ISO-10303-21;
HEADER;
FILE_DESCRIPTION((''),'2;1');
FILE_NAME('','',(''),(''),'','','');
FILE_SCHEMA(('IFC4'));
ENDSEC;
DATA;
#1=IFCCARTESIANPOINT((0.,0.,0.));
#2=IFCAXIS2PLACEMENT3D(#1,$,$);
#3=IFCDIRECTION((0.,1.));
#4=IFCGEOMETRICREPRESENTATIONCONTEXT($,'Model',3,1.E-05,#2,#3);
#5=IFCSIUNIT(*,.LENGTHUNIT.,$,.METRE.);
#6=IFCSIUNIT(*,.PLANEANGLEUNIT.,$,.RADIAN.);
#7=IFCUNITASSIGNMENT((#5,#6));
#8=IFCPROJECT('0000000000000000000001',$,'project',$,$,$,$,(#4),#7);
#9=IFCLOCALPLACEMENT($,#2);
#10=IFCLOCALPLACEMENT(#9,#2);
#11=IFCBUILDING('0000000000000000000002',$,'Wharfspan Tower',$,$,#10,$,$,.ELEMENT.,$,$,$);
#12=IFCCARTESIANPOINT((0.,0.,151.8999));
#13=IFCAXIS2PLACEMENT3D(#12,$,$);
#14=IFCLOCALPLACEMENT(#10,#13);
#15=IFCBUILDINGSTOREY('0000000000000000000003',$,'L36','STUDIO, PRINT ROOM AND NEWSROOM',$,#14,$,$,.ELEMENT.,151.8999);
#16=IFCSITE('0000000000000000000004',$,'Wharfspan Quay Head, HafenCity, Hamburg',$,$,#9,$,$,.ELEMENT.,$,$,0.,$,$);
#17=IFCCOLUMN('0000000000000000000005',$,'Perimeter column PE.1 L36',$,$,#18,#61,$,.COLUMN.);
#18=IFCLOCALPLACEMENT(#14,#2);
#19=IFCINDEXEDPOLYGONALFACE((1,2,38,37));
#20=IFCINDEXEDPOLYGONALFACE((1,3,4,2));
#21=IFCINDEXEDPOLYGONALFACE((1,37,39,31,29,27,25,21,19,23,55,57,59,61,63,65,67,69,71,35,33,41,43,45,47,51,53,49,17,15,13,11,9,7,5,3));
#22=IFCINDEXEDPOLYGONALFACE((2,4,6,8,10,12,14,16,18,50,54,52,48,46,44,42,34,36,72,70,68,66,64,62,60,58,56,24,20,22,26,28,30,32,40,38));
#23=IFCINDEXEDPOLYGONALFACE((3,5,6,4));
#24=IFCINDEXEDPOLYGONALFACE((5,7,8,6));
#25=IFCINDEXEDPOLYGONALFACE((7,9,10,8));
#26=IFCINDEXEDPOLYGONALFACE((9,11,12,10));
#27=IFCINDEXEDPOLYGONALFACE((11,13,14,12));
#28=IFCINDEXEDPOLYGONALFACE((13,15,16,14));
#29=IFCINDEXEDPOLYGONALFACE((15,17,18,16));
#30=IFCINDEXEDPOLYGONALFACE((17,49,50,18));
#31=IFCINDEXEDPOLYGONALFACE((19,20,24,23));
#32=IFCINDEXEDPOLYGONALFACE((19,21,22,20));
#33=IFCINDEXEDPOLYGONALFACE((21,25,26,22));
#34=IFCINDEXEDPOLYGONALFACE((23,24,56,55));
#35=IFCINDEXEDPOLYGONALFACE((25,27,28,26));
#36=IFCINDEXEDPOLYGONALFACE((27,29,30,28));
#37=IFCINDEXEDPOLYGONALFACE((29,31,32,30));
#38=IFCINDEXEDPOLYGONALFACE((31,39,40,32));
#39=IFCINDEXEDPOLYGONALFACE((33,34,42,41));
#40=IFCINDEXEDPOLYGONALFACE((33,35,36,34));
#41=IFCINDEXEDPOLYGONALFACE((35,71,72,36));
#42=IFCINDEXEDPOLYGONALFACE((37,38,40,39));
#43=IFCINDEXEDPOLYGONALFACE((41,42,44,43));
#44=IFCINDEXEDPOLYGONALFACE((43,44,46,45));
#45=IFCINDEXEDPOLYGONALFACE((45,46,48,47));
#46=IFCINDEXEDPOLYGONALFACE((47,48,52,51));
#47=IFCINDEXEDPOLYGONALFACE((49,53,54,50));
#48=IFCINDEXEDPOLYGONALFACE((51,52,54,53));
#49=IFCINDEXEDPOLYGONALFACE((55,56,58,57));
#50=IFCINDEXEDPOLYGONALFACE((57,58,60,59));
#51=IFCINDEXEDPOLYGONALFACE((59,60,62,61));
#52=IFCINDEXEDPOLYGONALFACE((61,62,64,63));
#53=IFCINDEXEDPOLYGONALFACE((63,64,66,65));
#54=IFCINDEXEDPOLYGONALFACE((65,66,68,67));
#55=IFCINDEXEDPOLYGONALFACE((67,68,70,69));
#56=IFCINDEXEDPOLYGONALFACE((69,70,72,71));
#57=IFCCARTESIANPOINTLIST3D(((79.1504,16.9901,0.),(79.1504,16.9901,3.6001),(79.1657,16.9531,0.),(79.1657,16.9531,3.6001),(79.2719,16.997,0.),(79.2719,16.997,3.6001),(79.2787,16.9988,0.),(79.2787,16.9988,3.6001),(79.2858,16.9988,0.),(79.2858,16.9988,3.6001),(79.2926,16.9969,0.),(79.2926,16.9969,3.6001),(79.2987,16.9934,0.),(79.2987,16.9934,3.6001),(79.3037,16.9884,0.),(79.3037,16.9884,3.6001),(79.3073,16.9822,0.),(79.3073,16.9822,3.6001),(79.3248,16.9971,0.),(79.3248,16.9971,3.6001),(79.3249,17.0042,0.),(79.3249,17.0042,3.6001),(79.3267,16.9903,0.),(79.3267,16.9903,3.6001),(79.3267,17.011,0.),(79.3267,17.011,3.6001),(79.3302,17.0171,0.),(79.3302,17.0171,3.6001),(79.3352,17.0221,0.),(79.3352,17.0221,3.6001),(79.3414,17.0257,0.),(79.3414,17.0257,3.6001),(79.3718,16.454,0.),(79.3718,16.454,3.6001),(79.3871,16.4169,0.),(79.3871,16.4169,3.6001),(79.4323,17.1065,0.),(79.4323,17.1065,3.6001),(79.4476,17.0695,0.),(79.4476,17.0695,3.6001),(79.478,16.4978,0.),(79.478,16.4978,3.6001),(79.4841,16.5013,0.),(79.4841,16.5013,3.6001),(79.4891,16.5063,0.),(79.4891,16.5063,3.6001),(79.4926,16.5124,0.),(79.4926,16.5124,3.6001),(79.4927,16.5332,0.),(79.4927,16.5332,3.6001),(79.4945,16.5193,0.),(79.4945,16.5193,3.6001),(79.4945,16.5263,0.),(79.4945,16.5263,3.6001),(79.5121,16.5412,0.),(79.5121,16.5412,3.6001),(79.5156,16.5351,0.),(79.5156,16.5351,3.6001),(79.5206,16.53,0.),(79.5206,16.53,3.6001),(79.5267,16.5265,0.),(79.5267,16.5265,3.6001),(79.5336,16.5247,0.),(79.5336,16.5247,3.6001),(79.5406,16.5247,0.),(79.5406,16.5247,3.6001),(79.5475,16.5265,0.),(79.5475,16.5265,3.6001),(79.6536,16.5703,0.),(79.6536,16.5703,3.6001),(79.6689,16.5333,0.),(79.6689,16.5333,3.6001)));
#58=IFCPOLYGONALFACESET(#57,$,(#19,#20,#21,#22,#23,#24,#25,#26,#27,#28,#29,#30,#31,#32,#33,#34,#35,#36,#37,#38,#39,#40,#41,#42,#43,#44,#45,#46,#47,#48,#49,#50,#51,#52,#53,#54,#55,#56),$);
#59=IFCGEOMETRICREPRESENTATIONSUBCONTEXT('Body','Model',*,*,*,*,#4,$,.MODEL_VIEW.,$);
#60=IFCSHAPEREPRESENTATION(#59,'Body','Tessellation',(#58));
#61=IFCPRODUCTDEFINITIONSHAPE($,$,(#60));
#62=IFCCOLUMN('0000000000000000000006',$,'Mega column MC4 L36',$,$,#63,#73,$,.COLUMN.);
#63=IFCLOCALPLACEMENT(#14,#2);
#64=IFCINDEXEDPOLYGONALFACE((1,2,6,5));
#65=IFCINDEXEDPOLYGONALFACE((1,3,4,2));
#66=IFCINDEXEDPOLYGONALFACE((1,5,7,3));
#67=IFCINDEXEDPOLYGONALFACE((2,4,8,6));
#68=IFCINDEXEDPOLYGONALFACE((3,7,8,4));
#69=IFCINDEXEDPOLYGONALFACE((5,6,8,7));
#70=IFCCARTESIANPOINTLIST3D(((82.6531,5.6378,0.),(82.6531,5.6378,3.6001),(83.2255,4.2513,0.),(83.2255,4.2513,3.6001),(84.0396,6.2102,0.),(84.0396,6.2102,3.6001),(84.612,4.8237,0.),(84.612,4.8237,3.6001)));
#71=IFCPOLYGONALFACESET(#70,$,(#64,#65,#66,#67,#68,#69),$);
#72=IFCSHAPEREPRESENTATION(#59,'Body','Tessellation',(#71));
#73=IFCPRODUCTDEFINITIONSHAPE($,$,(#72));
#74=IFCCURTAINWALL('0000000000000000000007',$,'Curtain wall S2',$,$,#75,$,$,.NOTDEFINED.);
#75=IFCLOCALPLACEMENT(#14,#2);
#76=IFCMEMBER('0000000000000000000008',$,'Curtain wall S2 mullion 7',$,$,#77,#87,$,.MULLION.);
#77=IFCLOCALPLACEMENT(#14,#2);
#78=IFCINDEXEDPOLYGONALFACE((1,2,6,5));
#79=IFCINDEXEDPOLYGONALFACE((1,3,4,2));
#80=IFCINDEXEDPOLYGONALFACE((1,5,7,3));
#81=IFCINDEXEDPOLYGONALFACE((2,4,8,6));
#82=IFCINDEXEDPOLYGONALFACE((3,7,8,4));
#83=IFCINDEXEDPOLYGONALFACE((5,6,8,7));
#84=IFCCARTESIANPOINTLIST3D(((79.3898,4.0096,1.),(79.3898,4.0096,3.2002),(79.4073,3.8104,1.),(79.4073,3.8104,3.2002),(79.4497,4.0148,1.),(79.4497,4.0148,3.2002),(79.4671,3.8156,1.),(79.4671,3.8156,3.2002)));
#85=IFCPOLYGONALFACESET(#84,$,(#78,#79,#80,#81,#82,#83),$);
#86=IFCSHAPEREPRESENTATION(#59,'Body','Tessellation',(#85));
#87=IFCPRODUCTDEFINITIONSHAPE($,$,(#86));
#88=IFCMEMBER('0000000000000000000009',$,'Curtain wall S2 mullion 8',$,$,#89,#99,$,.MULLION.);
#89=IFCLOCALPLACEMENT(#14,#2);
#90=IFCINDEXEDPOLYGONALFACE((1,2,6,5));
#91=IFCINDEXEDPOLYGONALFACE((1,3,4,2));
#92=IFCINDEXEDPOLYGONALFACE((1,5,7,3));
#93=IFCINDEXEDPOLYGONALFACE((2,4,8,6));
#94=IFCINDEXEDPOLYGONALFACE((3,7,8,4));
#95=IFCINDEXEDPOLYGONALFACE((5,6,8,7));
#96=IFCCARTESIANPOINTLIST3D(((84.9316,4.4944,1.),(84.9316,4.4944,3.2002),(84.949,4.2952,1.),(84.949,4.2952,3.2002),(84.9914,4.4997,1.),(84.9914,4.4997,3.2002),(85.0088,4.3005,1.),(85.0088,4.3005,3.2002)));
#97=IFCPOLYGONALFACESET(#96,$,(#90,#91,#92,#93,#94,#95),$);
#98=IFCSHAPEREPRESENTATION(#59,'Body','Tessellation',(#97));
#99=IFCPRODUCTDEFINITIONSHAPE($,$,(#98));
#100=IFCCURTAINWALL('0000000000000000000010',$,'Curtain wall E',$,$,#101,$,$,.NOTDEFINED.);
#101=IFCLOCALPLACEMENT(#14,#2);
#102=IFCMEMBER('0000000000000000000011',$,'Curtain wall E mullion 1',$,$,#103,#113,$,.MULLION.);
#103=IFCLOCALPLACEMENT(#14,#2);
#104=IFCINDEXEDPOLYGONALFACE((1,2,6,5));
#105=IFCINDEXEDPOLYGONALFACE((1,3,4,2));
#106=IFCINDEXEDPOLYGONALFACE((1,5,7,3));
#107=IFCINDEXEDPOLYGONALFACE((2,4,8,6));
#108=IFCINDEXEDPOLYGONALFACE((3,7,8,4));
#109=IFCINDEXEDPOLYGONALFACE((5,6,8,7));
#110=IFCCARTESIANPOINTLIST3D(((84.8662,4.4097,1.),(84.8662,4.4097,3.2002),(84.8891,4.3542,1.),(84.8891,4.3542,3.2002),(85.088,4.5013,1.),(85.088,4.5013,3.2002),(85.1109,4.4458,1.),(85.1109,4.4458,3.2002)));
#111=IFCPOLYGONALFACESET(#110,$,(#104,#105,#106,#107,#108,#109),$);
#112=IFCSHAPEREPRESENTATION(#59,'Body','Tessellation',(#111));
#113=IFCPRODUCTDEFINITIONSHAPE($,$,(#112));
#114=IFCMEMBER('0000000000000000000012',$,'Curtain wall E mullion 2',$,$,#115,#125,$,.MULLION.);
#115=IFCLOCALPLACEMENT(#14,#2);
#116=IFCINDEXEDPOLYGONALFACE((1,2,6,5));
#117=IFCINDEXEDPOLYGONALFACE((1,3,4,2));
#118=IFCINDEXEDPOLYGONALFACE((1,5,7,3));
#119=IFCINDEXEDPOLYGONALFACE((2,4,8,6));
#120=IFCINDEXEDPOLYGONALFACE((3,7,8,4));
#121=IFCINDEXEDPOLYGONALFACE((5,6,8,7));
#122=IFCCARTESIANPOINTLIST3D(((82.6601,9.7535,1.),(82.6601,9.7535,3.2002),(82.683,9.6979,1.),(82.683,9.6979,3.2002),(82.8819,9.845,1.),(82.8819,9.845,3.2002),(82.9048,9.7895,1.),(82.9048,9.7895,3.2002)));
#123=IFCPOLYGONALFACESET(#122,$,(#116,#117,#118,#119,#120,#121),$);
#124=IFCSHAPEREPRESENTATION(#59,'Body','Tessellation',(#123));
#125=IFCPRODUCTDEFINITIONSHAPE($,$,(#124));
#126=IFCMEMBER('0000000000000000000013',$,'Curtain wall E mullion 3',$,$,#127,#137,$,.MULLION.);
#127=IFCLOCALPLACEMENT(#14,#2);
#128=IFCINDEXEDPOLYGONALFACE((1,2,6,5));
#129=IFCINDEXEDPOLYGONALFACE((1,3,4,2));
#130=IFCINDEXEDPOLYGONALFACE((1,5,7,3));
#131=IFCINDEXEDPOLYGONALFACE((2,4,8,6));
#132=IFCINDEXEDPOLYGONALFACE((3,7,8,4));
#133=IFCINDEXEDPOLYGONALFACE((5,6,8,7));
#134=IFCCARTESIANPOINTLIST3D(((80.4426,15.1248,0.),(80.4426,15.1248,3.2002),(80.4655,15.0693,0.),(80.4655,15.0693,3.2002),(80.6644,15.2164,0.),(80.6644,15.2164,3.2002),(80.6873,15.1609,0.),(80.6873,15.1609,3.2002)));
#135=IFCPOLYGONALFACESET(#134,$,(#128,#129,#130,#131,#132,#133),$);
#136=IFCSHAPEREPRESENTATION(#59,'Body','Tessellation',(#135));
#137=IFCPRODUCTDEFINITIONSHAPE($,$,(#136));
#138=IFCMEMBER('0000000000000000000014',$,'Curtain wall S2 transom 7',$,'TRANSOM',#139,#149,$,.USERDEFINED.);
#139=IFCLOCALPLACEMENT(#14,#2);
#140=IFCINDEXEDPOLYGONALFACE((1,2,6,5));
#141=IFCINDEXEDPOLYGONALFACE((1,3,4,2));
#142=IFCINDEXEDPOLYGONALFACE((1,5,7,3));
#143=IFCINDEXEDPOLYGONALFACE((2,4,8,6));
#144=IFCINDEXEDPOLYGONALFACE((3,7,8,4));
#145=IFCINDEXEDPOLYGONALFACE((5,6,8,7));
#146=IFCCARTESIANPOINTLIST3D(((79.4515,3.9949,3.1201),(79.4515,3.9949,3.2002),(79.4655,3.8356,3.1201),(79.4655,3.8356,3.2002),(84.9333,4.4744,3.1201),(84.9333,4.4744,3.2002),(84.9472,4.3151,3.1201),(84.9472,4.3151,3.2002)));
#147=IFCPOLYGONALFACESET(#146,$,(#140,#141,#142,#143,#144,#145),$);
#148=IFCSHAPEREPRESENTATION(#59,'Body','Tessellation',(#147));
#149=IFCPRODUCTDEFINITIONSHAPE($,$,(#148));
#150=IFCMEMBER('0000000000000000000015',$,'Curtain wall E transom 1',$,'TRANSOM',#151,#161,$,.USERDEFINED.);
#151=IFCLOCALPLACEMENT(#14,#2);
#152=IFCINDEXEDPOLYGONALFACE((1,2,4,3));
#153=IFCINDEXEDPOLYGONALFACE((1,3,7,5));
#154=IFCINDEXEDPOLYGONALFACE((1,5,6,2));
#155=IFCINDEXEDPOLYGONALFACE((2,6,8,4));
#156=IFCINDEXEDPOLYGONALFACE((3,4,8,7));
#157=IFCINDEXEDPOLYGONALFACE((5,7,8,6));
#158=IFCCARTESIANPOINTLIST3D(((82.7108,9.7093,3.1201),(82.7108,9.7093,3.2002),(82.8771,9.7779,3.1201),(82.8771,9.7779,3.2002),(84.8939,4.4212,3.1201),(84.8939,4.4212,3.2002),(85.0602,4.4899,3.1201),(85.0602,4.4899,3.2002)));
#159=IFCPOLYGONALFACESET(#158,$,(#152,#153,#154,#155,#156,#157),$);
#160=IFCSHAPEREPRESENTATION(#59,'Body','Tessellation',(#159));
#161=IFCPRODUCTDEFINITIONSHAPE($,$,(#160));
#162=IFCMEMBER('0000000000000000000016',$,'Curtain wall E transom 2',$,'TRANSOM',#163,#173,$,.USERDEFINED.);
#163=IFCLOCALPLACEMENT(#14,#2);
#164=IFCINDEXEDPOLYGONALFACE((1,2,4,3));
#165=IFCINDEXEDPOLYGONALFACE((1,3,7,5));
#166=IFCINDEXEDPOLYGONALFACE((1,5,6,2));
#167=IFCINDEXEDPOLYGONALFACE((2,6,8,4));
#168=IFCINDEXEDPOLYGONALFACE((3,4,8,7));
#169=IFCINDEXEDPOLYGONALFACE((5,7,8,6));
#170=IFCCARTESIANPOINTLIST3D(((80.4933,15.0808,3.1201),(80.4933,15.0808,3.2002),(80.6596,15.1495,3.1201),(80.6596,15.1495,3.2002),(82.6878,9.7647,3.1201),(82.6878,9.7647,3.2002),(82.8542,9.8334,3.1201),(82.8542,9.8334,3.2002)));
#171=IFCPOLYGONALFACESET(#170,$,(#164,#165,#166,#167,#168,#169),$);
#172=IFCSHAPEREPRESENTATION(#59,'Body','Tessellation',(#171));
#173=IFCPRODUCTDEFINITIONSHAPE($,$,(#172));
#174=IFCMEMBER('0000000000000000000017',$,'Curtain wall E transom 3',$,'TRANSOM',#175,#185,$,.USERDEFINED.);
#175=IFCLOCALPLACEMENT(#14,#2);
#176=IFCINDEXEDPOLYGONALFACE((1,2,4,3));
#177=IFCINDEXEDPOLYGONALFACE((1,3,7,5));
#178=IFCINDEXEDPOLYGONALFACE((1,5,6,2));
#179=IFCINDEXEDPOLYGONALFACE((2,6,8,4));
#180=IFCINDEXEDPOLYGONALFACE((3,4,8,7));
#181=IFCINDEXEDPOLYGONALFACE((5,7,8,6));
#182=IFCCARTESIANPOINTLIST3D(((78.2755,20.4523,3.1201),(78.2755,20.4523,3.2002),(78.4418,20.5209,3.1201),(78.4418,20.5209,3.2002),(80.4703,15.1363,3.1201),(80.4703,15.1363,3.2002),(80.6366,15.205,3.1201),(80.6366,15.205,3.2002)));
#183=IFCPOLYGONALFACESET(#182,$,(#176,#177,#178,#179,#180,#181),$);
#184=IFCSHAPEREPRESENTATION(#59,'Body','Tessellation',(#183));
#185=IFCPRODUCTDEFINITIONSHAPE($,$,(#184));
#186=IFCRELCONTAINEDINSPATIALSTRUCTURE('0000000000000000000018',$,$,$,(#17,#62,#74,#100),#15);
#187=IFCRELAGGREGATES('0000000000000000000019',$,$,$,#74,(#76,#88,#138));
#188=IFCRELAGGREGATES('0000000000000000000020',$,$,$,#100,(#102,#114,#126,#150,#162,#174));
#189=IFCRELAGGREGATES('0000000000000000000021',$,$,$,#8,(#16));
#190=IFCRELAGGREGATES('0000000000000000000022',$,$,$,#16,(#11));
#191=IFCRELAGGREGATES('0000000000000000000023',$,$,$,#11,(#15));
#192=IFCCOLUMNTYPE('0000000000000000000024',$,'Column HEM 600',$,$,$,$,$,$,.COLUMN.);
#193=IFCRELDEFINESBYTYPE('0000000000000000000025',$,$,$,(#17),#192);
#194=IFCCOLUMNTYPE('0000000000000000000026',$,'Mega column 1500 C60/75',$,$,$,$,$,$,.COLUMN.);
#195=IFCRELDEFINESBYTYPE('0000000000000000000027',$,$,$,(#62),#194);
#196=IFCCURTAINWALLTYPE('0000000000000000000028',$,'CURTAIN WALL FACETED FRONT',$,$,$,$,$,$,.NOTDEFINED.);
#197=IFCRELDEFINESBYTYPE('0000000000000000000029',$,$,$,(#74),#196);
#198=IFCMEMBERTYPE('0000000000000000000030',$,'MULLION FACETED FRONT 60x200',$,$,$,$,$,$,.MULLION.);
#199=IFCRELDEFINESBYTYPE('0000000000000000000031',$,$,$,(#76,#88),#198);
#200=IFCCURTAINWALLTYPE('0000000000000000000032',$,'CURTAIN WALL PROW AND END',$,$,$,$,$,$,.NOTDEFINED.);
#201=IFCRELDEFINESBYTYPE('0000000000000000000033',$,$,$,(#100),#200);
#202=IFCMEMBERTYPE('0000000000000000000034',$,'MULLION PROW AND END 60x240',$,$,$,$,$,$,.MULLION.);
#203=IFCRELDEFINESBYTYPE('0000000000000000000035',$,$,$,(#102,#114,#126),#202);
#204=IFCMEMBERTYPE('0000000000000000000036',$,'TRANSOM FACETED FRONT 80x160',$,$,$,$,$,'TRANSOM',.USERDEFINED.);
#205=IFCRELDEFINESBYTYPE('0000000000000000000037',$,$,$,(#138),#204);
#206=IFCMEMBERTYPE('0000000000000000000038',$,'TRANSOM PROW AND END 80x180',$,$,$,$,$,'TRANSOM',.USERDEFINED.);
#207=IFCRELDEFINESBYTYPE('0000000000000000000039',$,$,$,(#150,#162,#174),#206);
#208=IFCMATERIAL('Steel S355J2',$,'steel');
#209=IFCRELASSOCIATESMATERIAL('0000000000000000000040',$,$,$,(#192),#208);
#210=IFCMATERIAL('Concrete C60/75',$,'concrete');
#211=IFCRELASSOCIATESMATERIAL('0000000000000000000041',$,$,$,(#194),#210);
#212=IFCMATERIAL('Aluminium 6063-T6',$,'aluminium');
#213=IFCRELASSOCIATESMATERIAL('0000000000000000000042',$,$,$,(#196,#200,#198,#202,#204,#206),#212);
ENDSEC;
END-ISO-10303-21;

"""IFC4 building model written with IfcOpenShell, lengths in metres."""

from ifc_helpers import new_model, si_unit, direction, frame, origin, origin_2d, place, context, subcontext, project, spatial, rectangle, i_section, extrude, material, material_profile, profile_set, type_object, element, aggregate, save


model = new_model("IFC4")

# Units and contexts
model_context = context("Model", 3, precision=1e-05, world=origin(), true_north=direction((0.0, 1.0)))
body_context = subcontext(model_context, "Body", "Model", "MODEL_VIEW")
ifc_project = project(units=[si_unit("LENGTHUNIT", "METRE"), si_unit("PLANEANGLEUNIT", "RADIAN")], contexts=[model_context])

# Site, building, storey
site_placement = place(None, origin())
site = spatial("IfcSite", under=ifc_project, at=site_placement, Name="Wharfspan Quay Head, HafenCity, Hamburg", CompositionType="ELEMENT", RefElevation=0.0)
building_placement = place(site_placement, origin())
building = spatial("IfcBuilding", under=site, at=building_placement, Name="Wharfspan Tower", CompositionType="ELEMENT")
storey_placement = place(building_placement, frame((0.0, 0.0, 151.8999)))
storey = spatial("IfcBuildingStorey", under=building, at=storey_placement, Name="L36", Description="STUDIO, PRINT ROOM AND NEWSROOM", CompositionType="ELEMENT", Elevation=151.8999)

# Columns
ifc_material_1 = material(Name="Steel S355J2", Category="steel")
ifc_material_profile_1 = material_profile(ifc_material_1, i_section(OverallWidth=0.3049, OverallDepth=0.6201, WebThickness=0.021, FlangeThickness=0.04, FilletRadius=0.0271, at=origin_2d()))
ifc_profile_set_1 = profile_set([ifc_material_profile_1], Name="Steel S355J2")
column_type_1 = type_object("IfcColumnType", Name="Column HEM 600", PredefinedType="COLUMN", material=ifc_profile_set_1)
column_1_placement = place(storey_placement, frame((79.4097, 16.7617, 0.0), z_axis=(0.0, 0.0, 1.0), x_axis=(0.924325, 0.381602, 0.0)))
element("IfcColumn", 1, at=column_1_placement, inside=storey, type_object=column_type_1, Name="Perimeter column PE.1 L36", PredefinedType="COLUMN", context=body_context, shape_type="SweptSolid", body=[
    extrude(i_section(OverallWidth=0.3049, OverallDepth=0.6201, WebThickness=0.021, FlangeThickness=0.04, FilletRadius=0.0271, at=origin_2d()), origin(), (0.0, 0.0, 1.0), 3.6001),
])
ifc_material_2 = material(Name="Concrete C60/75", Category="concrete")
ifc_material_profile_2 = material_profile(ifc_material_2, rectangle(XDim=1.5, YDim=1.5, at=origin_2d()))
ifc_profile_set_2 = profile_set([ifc_material_profile_2], Name="Concrete C60/75")
column_type_2 = type_object("IfcColumnType", Name="Mega column 1500 C60/75", PredefinedType="COLUMN", material=ifc_profile_set_2)
column_2_placement = place(storey_placement, frame((83.6326, 5.2307, 0.0), z_axis=(0.0, 0.0, 1.0), x_axis=(-0.381602, 0.924325, 0.0)))
element("IfcColumn", 2, at=column_2_placement, inside=storey, type_object=column_type_2, Name="Mega column MC4 L36", PredefinedType="COLUMN", context=body_context, shape_type="SweptSolid", body=[
    extrude(rectangle(XDim=1.5, YDim=1.5, at=origin_2d()), origin(), (0.0, 0.0, 1.0), 3.6001),
])

# Curtain walls, members
ifc_material_3 = material(Name="Aluminium 6063-T6", Category="aluminium")
curtain_wall_type_1 = type_object("IfcCurtainWallType", Name="CURTAIN WALL FACETED FRONT", PredefinedType="NOTDEFINED", material=ifc_material_3)
curtain_wall_1_placement = place(storey_placement, origin())
curtain_wall_1 = element("IfcCurtainWall", 3, at=curtain_wall_1_placement, inside=storey, type_object=curtain_wall_type_1, Name="Curtain wall S2", PredefinedType="NOTDEFINED")
ifc_material_profile_3 = material_profile(ifc_material_3, rectangle(XDim=0.2, YDim=0.0601, at=origin_2d()))
ifc_profile_set_3 = profile_set([ifc_material_profile_3], Name="Aluminium 6063-T6")
member_type_1 = type_object("IfcMemberType", Name="MULLION FACETED FRONT 60x200", PredefinedType="MULLION", material=ifc_profile_set_3)
member_1_placement = place(storey_placement, frame((79.4285, 3.9126, 1.0), z_axis=(0.0, 0.0, 1.0), x_axis=(-0.087156, 0.996198, 0.0)))
member_1 = element("IfcMember", 4, at=member_1_placement, type_object=member_type_1, Name="Curtain wall S2 mullion 7", PredefinedType="MULLION", context=body_context, shape_type="SweptSolid", body=[
    extrude(rectangle(XDim=0.2, YDim=0.0601, at=origin_2d()), origin(), (0.0, 0.0, 1.0), 2.2002),
])
member_2_placement = place(storey_placement, frame((84.9702, 4.3975, 1.0), z_axis=(0.0, 0.0, 1.0), x_axis=(-0.087156, 0.996198, 0.0)))
member_2 = element("IfcMember", 5, at=member_2_placement, type_object=member_type_1, Name="Curtain wall S2 mullion 8", PredefinedType="MULLION", context=body_context, shape_type="SweptSolid", body=[
    extrude(rectangle(XDim=0.2, YDim=0.0601, at=origin_2d()), origin(), (0.0, 0.0, 1.0), 2.2002),
])
curtain_wall_type_2 = type_object("IfcCurtainWallType", Name="CURTAIN WALL PROW AND END", PredefinedType="NOTDEFINED", material=ifc_material_3)
curtain_wall_2_placement = place(storey_placement, origin())
curtain_wall_2 = element("IfcCurtainWall", 6, at=curtain_wall_2_placement, inside=storey, type_object=curtain_wall_type_2, Name="Curtain wall E", PredefinedType="NOTDEFINED")
ifc_material_profile_4 = material_profile(ifc_material_3, rectangle(XDim=0.24, YDim=0.0601, at=origin_2d()))
ifc_profile_set_4 = profile_set([ifc_material_profile_4], Name="Aluminium 6063-T6")
member_type_2 = type_object("IfcMemberType", Name="MULLION PROW AND END 60x240", PredefinedType="MULLION", material=ifc_profile_set_4)
member_3_placement = place(storey_placement, frame((84.9885, 4.4277, 1.0), z_axis=(0.0, 0.0, 1.0), x_axis=(-0.924325, -0.381602, 0.0)))
member_3 = element("IfcMember", 7, at=member_3_placement, type_object=member_type_2, Name="Curtain wall E mullion 1", PredefinedType="MULLION", context=body_context, shape_type="SweptSolid", body=[
    extrude(rectangle(XDim=0.24, YDim=0.0601, at=origin_2d()), origin(), (0.0, 0.0, 1.0), 2.2002),
])
member_4_placement = place(storey_placement, frame((82.7825, 9.7715, 1.0), z_axis=(0.0, 0.0, 1.0), x_axis=(-0.924325, -0.381602, 0.0)))
member_4 = element("IfcMember", 8, at=member_4_placement, type_object=member_type_2, Name="Curtain wall E mullion 2", PredefinedType="MULLION", context=body_context, shape_type="SweptSolid", body=[
    extrude(rectangle(XDim=0.24, YDim=0.0601, at=origin_2d()), origin(), (0.0, 0.0, 1.0), 2.2002),
])
member_5_placement = place(storey_placement, frame((80.5649, 15.1428, 0.0), z_axis=(0.0, 0.0, 1.0), x_axis=(-0.924325, -0.381602, 0.0)))
member_5 = element("IfcMember", 9, at=member_5_placement, type_object=member_type_2, Name="Curtain wall E mullion 3", PredefinedType="MULLION", context=body_context, shape_type="SweptSolid", body=[
    extrude(rectangle(XDim=0.24, YDim=0.0601, at=origin_2d()), origin(), (0.0, 0.0, 1.0), 3.2002),
])

# Members
ifc_material_profile_5 = material_profile(ifc_material_3, rectangle(XDim=0.1599, YDim=0.0801, at=origin_2d()))
ifc_profile_set_5 = profile_set([ifc_material_profile_5], Name="Aluminium 6063-T6")
member_type_3 = type_object("IfcMemberType", Name="TRANSOM FACETED FRONT 80x160", ElementType="TRANSOM", PredefinedType="USERDEFINED", material=ifc_profile_set_5)
member_6_placement = place(storey_placement, frame((79.4585, 3.9153, 3.1602), z_axis=(0.996196, 0.087139, 0.0), x_axis=(-0.087139, 0.996196, 0.0)))
member_6 = element("IfcMember", 10, at=member_6_placement, type_object=member_type_3, Name="Curtain wall S2 transom 7", ObjectType="TRANSOM", PredefinedType="USERDEFINED", context=body_context, shape_type="SweptSolid", body=[
    extrude(rectangle(XDim=0.1599, YDim=0.0801, at=origin_2d()), origin(), (0.0, 0.0, 1.0), 5.5027),
])
ifc_material_profile_6 = material_profile(ifc_material_3, rectangle(XDim=0.1799, YDim=0.0801, at=origin_2d()))
ifc_profile_set_6 = profile_set([ifc_material_profile_6], Name="Aluminium 6063-T6")
member_type_4 = type_object("IfcMemberType", Name="TRANSOM PROW AND END 80x180", ElementType="TRANSOM", PredefinedType="USERDEFINED", material=ifc_profile_set_6)
member_7_placement = place(storey_placement, frame((84.9771, 4.4556, 3.1602), z_axis=(-0.381595, 0.924329, 0.0), x_axis=(-0.924329, -0.381595, 0.0)))
member_7 = element("IfcMember", 11, at=member_7_placement, type_object=member_type_4, Name="Curtain wall E transom 1", ObjectType="TRANSOM", PredefinedType="USERDEFINED", context=body_context, shape_type="SweptSolid", body=[
    extrude(rectangle(XDim=0.1799, YDim=0.0801, at=origin_2d()), origin(), (0.0, 0.0, 1.0), 5.7209),
])
member_8_placement = place(storey_placement, frame((82.771, 9.7991, 3.1602), z_axis=(-0.381578, 0.924337, 0.0), x_axis=(-0.924337, -0.381578, 0.0)))
member_8 = element("IfcMember", 12, at=member_8_placement, type_object=member_type_4, Name="Curtain wall E transom 2", ObjectType="TRANSOM", PredefinedType="USERDEFINED", context=body_context, shape_type="SweptSolid", body=[
    extrude(rectangle(XDim=0.1799, YDim=0.0801, at=origin_2d()), origin(), (0.0, 0.0, 1.0), 5.7512),
])
member_9_placement = place(storey_placement, frame((80.5535, 15.1707, 3.1602), z_axis=(-0.381629, 0.924315, 0.0), x_axis=(-0.924315, -0.381629, 0.0)))
member_9 = element("IfcMember", 13, at=member_9_placement, type_object=member_type_4, Name="Curtain wall E transom 3", ObjectType="TRANSOM", PredefinedType="USERDEFINED", context=body_context, shape_type="SweptSolid", body=[
    extrude(rectangle(XDim=0.1799, YDim=0.0801, at=origin_2d()), origin(), (0.0, 0.0, 1.0), 5.7512),
])

aggregate(curtain_wall_1, [member_1, member_2, member_6])
aggregate(curtain_wall_2, [member_3, member_4, member_5, member_7, member_8, member_9])

save(model, "model.ifc")
